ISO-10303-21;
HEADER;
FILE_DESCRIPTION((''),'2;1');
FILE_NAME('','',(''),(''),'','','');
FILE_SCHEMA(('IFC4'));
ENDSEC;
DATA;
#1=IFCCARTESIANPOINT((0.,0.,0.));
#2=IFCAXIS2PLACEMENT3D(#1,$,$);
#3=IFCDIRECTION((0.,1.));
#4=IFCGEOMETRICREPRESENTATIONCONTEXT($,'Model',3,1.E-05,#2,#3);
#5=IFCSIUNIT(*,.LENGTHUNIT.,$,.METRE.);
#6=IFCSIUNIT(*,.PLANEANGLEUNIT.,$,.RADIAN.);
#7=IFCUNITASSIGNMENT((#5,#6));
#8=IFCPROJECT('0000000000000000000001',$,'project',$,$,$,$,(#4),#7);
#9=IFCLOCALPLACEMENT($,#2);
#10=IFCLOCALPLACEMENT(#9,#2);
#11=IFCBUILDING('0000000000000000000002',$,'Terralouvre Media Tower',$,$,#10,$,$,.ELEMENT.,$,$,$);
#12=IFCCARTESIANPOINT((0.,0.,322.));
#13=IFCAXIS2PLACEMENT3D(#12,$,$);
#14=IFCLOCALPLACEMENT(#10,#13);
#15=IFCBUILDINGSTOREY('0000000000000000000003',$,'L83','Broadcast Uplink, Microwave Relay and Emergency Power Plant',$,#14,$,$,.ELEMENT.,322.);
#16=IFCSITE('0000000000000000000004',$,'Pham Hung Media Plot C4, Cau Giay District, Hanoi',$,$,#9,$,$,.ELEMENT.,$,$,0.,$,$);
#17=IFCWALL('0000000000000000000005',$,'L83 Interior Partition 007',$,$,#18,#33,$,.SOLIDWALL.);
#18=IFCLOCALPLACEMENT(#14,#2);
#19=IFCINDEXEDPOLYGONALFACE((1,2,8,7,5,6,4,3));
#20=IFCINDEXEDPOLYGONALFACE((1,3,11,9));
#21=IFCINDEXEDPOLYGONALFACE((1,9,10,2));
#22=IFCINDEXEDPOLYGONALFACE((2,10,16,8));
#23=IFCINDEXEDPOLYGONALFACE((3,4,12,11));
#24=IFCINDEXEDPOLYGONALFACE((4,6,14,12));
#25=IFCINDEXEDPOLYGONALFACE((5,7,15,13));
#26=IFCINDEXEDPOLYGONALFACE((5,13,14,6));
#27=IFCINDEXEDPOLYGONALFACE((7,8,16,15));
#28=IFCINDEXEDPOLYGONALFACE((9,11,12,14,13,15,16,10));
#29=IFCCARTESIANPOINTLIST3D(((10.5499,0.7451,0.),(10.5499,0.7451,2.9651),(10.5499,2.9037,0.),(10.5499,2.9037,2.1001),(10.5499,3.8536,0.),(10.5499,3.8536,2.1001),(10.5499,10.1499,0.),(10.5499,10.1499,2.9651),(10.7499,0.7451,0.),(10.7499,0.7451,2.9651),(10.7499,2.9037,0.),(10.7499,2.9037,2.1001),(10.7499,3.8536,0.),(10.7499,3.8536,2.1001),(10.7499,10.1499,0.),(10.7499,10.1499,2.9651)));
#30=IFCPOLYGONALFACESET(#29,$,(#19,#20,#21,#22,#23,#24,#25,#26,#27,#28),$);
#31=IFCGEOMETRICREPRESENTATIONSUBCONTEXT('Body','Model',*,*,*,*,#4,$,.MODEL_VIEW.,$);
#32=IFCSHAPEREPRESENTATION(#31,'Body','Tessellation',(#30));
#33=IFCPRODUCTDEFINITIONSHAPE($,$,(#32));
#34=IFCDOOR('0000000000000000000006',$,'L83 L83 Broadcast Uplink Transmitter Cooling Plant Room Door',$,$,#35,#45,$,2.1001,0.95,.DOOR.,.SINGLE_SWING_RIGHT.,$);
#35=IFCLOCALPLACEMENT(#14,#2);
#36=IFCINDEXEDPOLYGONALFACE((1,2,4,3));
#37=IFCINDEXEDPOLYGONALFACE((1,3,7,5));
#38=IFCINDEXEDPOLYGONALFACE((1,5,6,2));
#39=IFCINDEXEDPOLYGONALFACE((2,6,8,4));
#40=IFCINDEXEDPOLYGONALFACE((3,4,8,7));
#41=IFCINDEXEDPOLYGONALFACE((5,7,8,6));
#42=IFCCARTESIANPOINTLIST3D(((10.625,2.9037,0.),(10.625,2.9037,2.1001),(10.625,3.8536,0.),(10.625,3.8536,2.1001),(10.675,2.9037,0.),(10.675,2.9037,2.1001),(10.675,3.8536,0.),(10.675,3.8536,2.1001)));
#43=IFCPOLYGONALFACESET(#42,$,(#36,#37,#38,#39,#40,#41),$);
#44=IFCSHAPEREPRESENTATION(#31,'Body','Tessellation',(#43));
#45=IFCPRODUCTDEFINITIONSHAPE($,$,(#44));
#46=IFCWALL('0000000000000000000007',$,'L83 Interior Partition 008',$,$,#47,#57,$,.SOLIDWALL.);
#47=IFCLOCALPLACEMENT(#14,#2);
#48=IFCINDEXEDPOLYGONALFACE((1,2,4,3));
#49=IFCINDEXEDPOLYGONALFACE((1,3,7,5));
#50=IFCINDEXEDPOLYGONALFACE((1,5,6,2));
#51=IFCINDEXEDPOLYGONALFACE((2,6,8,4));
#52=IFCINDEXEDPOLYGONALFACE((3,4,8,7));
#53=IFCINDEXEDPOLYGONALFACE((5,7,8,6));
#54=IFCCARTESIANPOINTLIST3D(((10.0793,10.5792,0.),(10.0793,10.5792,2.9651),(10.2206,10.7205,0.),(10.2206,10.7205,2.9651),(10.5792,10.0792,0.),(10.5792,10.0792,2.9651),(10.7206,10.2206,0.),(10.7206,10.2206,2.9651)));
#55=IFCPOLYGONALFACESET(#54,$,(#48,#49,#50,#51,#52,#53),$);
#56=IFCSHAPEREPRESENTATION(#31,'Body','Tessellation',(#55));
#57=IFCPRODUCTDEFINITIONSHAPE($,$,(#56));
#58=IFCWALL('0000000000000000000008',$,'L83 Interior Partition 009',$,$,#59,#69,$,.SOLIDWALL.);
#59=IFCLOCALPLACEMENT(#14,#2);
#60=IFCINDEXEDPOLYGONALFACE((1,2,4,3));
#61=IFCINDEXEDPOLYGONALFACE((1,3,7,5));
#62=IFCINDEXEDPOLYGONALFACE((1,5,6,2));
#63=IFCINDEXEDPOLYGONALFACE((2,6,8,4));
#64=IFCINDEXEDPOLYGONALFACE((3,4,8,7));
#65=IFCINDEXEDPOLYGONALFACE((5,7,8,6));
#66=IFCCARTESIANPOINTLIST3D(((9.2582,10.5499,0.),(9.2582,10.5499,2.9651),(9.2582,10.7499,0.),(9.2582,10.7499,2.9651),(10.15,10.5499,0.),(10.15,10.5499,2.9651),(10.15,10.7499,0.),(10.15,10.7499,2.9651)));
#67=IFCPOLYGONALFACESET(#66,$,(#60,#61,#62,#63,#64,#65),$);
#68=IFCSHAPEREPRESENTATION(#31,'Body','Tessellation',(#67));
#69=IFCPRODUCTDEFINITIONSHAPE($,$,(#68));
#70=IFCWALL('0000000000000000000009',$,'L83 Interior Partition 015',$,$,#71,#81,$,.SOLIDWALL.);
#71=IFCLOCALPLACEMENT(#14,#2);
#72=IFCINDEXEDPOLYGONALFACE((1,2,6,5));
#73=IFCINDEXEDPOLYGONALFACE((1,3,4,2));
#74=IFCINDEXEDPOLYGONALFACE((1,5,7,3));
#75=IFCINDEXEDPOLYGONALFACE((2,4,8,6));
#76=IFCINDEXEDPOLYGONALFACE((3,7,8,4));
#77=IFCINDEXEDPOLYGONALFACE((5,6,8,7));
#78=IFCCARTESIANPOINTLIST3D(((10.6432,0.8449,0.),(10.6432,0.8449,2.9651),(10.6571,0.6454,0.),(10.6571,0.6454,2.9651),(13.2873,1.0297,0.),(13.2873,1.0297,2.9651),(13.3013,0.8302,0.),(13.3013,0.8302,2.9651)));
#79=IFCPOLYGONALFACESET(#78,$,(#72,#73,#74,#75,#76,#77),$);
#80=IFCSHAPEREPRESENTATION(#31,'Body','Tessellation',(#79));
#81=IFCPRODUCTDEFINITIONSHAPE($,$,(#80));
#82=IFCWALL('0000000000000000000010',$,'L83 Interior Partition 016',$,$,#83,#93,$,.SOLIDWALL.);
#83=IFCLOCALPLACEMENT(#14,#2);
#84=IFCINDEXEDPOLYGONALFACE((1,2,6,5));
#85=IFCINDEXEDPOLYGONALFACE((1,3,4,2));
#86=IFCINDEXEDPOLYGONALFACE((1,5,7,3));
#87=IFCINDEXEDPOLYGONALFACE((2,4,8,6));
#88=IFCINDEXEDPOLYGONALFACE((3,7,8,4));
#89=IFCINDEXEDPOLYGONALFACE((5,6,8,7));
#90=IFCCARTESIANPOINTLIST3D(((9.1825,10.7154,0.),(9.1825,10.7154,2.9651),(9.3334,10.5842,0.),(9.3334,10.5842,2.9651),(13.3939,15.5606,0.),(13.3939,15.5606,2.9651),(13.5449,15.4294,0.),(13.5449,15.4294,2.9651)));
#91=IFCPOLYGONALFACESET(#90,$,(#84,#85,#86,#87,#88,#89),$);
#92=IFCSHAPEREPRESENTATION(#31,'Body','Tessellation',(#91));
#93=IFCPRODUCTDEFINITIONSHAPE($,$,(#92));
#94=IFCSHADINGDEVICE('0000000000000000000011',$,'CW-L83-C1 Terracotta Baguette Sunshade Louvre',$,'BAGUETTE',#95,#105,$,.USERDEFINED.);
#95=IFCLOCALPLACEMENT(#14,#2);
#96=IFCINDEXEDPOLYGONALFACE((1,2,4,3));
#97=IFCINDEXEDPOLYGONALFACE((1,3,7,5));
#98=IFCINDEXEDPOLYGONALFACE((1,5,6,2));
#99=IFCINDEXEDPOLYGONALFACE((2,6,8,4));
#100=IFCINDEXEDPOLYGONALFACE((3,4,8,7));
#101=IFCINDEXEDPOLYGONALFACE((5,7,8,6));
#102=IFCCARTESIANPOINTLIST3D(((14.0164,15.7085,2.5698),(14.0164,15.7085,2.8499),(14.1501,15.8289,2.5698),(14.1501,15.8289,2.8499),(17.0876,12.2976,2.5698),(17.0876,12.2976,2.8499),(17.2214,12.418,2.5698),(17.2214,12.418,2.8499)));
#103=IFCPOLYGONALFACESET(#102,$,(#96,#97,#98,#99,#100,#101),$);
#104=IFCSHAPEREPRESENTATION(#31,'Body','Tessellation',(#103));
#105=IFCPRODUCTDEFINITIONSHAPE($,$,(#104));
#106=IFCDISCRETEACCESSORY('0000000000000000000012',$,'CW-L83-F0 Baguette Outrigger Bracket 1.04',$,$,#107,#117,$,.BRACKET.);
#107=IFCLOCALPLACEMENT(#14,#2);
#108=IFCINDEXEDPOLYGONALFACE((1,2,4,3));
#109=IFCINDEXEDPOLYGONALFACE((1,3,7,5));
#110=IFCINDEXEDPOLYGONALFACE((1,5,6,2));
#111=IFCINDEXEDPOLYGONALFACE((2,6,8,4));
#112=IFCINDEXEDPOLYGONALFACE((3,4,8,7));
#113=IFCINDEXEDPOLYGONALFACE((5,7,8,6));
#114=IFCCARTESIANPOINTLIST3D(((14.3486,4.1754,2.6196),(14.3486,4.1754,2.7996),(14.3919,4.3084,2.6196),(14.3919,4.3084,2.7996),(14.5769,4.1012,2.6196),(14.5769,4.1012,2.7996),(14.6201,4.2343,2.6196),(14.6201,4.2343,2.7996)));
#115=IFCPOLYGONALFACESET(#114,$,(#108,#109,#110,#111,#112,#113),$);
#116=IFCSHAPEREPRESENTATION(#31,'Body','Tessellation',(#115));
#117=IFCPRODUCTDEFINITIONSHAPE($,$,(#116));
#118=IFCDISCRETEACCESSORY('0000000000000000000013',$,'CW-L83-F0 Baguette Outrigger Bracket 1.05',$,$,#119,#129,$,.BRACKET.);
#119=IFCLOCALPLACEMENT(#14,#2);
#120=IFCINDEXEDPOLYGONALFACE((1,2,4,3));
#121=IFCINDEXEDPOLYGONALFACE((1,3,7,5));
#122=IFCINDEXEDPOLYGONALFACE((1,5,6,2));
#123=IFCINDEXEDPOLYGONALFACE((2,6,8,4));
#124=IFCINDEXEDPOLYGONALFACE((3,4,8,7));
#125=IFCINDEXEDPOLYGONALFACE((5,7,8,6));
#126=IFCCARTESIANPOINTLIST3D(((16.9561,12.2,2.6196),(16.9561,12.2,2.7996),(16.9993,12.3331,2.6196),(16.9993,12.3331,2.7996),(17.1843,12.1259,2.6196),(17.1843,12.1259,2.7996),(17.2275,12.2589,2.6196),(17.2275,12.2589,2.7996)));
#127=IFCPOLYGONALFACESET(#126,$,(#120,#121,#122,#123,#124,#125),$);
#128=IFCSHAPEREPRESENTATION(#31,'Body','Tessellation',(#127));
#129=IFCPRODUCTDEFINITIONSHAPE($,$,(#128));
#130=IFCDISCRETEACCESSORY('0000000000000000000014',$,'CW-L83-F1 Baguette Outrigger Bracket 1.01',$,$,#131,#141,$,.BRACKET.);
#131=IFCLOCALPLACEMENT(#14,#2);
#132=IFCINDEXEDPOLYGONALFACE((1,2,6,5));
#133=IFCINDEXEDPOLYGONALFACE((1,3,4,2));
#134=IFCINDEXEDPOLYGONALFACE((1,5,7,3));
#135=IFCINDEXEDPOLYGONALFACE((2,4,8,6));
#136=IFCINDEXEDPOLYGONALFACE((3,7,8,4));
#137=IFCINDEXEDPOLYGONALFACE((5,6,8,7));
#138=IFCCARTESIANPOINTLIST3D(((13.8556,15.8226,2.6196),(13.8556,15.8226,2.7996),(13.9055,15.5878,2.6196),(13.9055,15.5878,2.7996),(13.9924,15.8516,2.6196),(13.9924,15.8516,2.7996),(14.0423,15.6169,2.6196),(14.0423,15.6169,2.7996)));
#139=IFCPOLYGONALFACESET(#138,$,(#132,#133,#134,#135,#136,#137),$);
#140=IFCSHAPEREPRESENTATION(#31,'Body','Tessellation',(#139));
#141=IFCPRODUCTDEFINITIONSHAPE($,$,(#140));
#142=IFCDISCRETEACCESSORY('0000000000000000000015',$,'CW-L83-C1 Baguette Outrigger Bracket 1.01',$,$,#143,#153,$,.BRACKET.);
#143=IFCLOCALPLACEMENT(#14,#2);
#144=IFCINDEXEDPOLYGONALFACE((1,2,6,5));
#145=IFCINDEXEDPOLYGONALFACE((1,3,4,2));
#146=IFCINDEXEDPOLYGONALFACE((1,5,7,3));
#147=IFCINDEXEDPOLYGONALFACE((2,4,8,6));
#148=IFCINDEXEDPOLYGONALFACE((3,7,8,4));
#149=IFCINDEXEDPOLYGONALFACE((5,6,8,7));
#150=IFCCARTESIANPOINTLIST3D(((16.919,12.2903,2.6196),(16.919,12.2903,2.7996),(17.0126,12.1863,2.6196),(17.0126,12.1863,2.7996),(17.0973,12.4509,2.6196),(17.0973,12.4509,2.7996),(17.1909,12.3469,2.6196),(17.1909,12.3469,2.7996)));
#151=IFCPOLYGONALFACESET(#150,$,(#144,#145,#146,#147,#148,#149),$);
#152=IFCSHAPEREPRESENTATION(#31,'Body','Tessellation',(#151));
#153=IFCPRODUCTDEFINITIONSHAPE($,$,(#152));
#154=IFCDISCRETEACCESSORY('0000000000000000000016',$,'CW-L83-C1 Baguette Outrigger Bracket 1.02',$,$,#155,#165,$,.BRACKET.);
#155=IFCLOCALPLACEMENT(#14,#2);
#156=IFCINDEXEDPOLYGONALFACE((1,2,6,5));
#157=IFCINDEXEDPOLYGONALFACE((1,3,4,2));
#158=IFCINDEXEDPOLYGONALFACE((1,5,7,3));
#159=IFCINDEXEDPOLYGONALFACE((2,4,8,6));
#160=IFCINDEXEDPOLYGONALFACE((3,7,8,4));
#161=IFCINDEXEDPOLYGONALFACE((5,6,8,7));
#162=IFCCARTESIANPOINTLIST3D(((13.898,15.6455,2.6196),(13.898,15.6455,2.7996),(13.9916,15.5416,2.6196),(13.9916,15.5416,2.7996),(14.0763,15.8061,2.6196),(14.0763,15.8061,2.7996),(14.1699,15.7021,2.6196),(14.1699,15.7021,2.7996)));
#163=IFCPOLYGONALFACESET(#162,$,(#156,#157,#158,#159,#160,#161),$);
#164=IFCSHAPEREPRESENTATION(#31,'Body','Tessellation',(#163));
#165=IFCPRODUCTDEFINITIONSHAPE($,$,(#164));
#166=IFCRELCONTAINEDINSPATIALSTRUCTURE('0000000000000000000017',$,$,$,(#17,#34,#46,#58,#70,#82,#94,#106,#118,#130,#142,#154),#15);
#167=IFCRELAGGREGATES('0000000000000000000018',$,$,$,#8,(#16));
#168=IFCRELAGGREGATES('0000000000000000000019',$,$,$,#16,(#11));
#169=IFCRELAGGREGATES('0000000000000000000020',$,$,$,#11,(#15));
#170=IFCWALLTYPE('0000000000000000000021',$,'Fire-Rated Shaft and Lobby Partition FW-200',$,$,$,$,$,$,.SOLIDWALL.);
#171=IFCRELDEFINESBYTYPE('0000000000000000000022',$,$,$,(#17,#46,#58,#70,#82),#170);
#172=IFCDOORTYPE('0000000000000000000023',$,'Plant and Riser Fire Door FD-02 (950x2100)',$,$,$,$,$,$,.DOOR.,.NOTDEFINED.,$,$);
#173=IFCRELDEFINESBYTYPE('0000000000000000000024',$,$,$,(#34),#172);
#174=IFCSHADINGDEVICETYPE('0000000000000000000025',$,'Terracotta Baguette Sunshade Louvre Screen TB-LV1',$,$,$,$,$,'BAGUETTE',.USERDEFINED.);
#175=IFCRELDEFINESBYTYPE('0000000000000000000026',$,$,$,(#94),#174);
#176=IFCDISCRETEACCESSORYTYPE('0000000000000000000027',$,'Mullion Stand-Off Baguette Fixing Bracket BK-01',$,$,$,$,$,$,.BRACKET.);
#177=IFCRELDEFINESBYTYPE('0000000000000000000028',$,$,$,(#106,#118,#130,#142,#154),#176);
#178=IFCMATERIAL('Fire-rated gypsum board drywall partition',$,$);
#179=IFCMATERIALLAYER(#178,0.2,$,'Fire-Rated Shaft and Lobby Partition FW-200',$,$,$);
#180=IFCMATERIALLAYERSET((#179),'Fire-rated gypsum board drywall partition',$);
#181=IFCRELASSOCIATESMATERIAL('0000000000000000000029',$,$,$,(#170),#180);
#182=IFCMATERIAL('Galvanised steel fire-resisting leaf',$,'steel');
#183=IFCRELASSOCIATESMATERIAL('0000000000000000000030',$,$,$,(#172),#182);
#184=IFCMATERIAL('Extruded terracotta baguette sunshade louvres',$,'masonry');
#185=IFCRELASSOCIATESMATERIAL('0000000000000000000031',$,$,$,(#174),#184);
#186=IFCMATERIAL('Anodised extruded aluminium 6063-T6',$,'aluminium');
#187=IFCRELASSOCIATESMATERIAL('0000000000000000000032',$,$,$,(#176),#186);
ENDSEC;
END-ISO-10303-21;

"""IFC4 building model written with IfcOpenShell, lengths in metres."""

from ifc_helpers import new_model, si_unit, direction, frame, frame_2d, origin, origin_2d, place, context, subcontext, project, spatial, rectangle, extrude, material, layer, layer_set, type_object, element, fill, save


model = new_model("IFC4")

# Units and contexts
model_context = context("Model", 3, precision=1e-05, world=origin(), true_north=direction((0.0, 1.0)))
body_context = subcontext(model_context, "Body", "Model", "MODEL_VIEW")
ifc_project = project(units=[si_unit("LENGTHUNIT", "METRE"), si_unit("PLANEANGLEUNIT", "RADIAN")], contexts=[model_context])

# Site, building, storey
site_placement = place(None, origin())
site = spatial("IfcSite", under=ifc_project, at=site_placement, Name="Pham Hung Media Plot C4, Cau Giay District, Hanoi", CompositionType="ELEMENT", RefElevation=0.0)
building_placement = place(site_placement, origin())
building = spatial("IfcBuilding", under=site, at=building_placement, Name="Terralouvre Media Tower", CompositionType="ELEMENT")
storey_placement = place(building_placement, frame((0.0, 0.0, 322.0)))
storey = spatial("IfcBuildingStorey", under=building, at=storey_placement, Name="L83", Description="Broadcast Uplink, Microwave Relay and Emergency Power Plant", CompositionType="ELEMENT", Elevation=322.0)

# Wall, opening, door
ifc_material_1 = material(Name="Fire-rated gypsum board drywall partition")
ifc_layer_1 = layer(ifc_material_1, 0.2, Name="Fire-Rated Shaft and Lobby Partition FW-200")
ifc_layer_set_1 = layer_set([ifc_layer_1], Name="Fire-rated gypsum board drywall partition")
wall_type = type_object("IfcWallType", Name="Fire-Rated Shaft and Lobby Partition FW-200", PredefinedType="SOLIDWALL", material=ifc_layer_set_1)
wall_1_placement = place(storey_placement, frame((10.6499, 0.7451, 0.0), z_axis=(0.0, 0.0, 1.0), x_axis=(0.0, 1.0, 0.0)))
wall_1 = element("IfcWall", 1, at=wall_1_placement, inside=storey, type_object=wall_type, Name="L83 Interior Partition 007", PredefinedType="SOLIDWALL", context=body_context, shape_type="SweptSolid", body=[
    extrude(rectangle(XDim=9.4048, YDim=0.2, at=frame_2d((4.7024, 0.0))), origin(), (0.0, 0.0, 1.0), 2.9651),
])
opening_placement = place(wall_1_placement, frame((2.1584, 0.0, 0.0)))
opening = element("IfcOpeningElement", 2, at=opening_placement, cuts=wall_1, PredefinedType="OPENING", context=body_context, shape_type="SweptSolid", body=[
    extrude(rectangle(XDim=0.95, YDim=2.1001, at=frame_2d((0.4751, 1.05))), frame((0.0, 0.1099, 0.0), z_axis=(0.0, -1.0, 0.0), x_axis=(1.0, 0.0, 0.0)), (0.0, 0.0, 1.0), 0.22),
])
ifc_material_2 = material(Name="Galvanised steel fire-resisting leaf", Category="steel")
door_type = type_object("IfcDoorType", Name="Plant and Riser Fire Door FD-02 (950x2100)", OperationType="NOTDEFINED", PredefinedType="DOOR", material=ifc_material_2)
door_placement = place(opening_placement, origin())
door = element("IfcDoor", 3, at=door_placement, inside=storey, type_object=door_type, Name="L83 L83 Broadcast Uplink Transmitter Cooling Plant Room Door", OperationType="SINGLE_SWING_RIGHT", OverallHeight=2.1001, OverallWidth=0.95, PredefinedType="DOOR", context=body_context, shape_type="SweptSolid", body=[
    extrude(rectangle(XDim=0.95, YDim=2.1001, at=frame_2d((0.4751, 1.05))), frame((0.0, 0.0249, 0.0), z_axis=(0.0, -1.0, 0.0), x_axis=(1.0, 0.0, 0.0)), (0.0, 0.0, 1.0), 0.05),
])
fill(opening, door)

# Walls
wall_2_placement = place(storey_placement, frame((10.6499, 10.1499, 0.0), z_axis=(0.0, 0.0, 1.0), x_axis=(-0.707107, 0.707107, 0.0)))
element("IfcWall", 4, at=wall_2_placement, inside=storey, type_object=wall_type, Name="L83 Interior Partition 008", PredefinedType="SOLIDWALL", context=body_context, shape_type="SweptSolid", body=[
    extrude(rectangle(XDim=0.707, YDim=0.2, at=frame_2d((0.3535, 0.0))), origin(), (0.0, 0.0, 1.0), 2.9651),
])
wall_3_placement = place(storey_placement, frame((10.1499, 10.6499, 0.0), z_axis=(0.0, 0.0, 1.0), x_axis=(-1.0, 0.0, 0.0)))
element("IfcWall", 5, at=wall_3_placement, inside=storey, type_object=wall_type, Name="L83 Interior Partition 009", PredefinedType="SOLIDWALL", context=body_context, shape_type="SweptSolid", body=[
    extrude(rectangle(XDim=0.8918, YDim=0.2, at=frame_2d((0.4458, 0.0))), origin(), (0.0, 0.0, 1.0), 2.9651),
])
wall_4_placement = place(storey_placement, frame((13.2942, 0.9299, 0.0), z_axis=(0.0, 0.0, 1.0), x_axis=(-0.997566, -0.069722, 0.0)))
element("IfcWall", 6, at=wall_4_placement, inside=storey, type_object=wall_type, Name="L83 Interior Partition 015", PredefinedType="SOLIDWALL", context=body_context, shape_type="SweptSolid", body=[
    extrude(rectangle(XDim=2.6506, YDim=0.2, at=frame_2d((1.3252, 0.0))), origin(), (0.0, 0.0, 1.0), 2.9651),
])
wall_5_placement = place(storey_placement, frame((13.4695, 15.4951, 0.0), z_axis=(0.0, 0.0, 1.0), x_axis=(-0.656019, -0.754745, 0.0)))
element("IfcWall", 7, at=wall_5_placement, inside=storey, type_object=wall_type, Name="L83 Interior Partition 016", PredefinedType="SOLIDWALL", context=body_context, shape_type="SweptSolid", body=[
    extrude(rectangle(XDim=6.4197, YDim=0.2, at=frame_2d((3.21, 0.0))), origin(), (0.0, 0.0, 1.0), 2.9651),
])

# Shading device
ifc_material_3 = material(Name="Extruded terracotta baguette sunshade louvres", Category="masonry")
shading_device_type = type_object("IfcShadingDeviceType", Name="Terracotta Baguette Sunshade Louvre Screen TB-LV1", ElementType="BAGUETTE", PredefinedType="USERDEFINED", material=ifc_material_3)
shading_device_placement = place(storey_placement, frame((15.6189, 14.0632, 2.5698), z_axis=(0.0, 0.0, 1.0), x_axis=(-0.669132, 0.743144, 0.0)))
element("IfcShadingDevice", 8, at=shading_device_placement, inside=storey, type_object=shading_device_type, Name="CW-L83-C1 Terracotta Baguette Sunshade Louvre", ObjectType="BAGUETTE", PredefinedType="USERDEFINED", context=body_context, shape_type="SweptSolid", body=[
    extrude(rectangle(XDim=4.5898, YDim=0.1799, at=origin_2d()), origin(), (0.0, 0.0, 1.0), 0.28),
])

# Discrete accessories
ifc_material_4 = material(Name="Anodised extruded aluminium 6063-T6", Category="aluminium")
discrete_accessory_type = type_object("IfcDiscreteAccessoryType", Name="Mullion Stand-Off Baguette Fixing Bracket BK-01", PredefinedType="BRACKET", material=ifc_material_4)
for number, where, z_axis, x_axis, name in (
    (9, (14.4844, 4.2048, 2.6196), (0.0, 0.0, 1.0), (0.309017, 0.951057, 0.0), "CW-L83-F0 Baguette Outrigger Bracket 1.04"),
    (10, (17.0918, 12.2295, 2.6196), (0.0, 0.0, 1.0), (0.309017, 0.951057, 0.0), "CW-L83-F0 Baguette Outrigger Bracket 1.05"),
    (11, (13.949, 15.7197, 2.6196), (0.0, 0.0, 1.0), (-0.978148, -0.207912, 0.0), "CW-L83-F1 Baguette Outrigger Bracket 1.01"),
    (12, (17.0549, 12.3186, 2.6196), (0.0, 0.0, 1.0), (-0.669132, 0.743144, 0.0), "CW-L83-C1 Baguette Outrigger Bracket 1.01"),
    (13, (14.0339, 15.6738, 2.6196), (0.0, 0.0, 1.0), (-0.669132, 0.743144, 0.0), "CW-L83-C1 Baguette Outrigger Bracket 1.02"),
):
    element("IfcDiscreteAccessory", number, at=place(storey_placement, frame(where, z_axis=z_axis, x_axis=x_axis)), inside=storey, type_object=discrete_accessory_type, Name=name, PredefinedType="BRACKET", context=body_context, shape_type="SweptSolid", body=[
        extrude(rectangle(XDim=0.1399, YDim=0.24, at=origin_2d()), origin(), (0.0, 0.0, 1.0), 0.1799),
    ])

save(model, "model.ifc")
